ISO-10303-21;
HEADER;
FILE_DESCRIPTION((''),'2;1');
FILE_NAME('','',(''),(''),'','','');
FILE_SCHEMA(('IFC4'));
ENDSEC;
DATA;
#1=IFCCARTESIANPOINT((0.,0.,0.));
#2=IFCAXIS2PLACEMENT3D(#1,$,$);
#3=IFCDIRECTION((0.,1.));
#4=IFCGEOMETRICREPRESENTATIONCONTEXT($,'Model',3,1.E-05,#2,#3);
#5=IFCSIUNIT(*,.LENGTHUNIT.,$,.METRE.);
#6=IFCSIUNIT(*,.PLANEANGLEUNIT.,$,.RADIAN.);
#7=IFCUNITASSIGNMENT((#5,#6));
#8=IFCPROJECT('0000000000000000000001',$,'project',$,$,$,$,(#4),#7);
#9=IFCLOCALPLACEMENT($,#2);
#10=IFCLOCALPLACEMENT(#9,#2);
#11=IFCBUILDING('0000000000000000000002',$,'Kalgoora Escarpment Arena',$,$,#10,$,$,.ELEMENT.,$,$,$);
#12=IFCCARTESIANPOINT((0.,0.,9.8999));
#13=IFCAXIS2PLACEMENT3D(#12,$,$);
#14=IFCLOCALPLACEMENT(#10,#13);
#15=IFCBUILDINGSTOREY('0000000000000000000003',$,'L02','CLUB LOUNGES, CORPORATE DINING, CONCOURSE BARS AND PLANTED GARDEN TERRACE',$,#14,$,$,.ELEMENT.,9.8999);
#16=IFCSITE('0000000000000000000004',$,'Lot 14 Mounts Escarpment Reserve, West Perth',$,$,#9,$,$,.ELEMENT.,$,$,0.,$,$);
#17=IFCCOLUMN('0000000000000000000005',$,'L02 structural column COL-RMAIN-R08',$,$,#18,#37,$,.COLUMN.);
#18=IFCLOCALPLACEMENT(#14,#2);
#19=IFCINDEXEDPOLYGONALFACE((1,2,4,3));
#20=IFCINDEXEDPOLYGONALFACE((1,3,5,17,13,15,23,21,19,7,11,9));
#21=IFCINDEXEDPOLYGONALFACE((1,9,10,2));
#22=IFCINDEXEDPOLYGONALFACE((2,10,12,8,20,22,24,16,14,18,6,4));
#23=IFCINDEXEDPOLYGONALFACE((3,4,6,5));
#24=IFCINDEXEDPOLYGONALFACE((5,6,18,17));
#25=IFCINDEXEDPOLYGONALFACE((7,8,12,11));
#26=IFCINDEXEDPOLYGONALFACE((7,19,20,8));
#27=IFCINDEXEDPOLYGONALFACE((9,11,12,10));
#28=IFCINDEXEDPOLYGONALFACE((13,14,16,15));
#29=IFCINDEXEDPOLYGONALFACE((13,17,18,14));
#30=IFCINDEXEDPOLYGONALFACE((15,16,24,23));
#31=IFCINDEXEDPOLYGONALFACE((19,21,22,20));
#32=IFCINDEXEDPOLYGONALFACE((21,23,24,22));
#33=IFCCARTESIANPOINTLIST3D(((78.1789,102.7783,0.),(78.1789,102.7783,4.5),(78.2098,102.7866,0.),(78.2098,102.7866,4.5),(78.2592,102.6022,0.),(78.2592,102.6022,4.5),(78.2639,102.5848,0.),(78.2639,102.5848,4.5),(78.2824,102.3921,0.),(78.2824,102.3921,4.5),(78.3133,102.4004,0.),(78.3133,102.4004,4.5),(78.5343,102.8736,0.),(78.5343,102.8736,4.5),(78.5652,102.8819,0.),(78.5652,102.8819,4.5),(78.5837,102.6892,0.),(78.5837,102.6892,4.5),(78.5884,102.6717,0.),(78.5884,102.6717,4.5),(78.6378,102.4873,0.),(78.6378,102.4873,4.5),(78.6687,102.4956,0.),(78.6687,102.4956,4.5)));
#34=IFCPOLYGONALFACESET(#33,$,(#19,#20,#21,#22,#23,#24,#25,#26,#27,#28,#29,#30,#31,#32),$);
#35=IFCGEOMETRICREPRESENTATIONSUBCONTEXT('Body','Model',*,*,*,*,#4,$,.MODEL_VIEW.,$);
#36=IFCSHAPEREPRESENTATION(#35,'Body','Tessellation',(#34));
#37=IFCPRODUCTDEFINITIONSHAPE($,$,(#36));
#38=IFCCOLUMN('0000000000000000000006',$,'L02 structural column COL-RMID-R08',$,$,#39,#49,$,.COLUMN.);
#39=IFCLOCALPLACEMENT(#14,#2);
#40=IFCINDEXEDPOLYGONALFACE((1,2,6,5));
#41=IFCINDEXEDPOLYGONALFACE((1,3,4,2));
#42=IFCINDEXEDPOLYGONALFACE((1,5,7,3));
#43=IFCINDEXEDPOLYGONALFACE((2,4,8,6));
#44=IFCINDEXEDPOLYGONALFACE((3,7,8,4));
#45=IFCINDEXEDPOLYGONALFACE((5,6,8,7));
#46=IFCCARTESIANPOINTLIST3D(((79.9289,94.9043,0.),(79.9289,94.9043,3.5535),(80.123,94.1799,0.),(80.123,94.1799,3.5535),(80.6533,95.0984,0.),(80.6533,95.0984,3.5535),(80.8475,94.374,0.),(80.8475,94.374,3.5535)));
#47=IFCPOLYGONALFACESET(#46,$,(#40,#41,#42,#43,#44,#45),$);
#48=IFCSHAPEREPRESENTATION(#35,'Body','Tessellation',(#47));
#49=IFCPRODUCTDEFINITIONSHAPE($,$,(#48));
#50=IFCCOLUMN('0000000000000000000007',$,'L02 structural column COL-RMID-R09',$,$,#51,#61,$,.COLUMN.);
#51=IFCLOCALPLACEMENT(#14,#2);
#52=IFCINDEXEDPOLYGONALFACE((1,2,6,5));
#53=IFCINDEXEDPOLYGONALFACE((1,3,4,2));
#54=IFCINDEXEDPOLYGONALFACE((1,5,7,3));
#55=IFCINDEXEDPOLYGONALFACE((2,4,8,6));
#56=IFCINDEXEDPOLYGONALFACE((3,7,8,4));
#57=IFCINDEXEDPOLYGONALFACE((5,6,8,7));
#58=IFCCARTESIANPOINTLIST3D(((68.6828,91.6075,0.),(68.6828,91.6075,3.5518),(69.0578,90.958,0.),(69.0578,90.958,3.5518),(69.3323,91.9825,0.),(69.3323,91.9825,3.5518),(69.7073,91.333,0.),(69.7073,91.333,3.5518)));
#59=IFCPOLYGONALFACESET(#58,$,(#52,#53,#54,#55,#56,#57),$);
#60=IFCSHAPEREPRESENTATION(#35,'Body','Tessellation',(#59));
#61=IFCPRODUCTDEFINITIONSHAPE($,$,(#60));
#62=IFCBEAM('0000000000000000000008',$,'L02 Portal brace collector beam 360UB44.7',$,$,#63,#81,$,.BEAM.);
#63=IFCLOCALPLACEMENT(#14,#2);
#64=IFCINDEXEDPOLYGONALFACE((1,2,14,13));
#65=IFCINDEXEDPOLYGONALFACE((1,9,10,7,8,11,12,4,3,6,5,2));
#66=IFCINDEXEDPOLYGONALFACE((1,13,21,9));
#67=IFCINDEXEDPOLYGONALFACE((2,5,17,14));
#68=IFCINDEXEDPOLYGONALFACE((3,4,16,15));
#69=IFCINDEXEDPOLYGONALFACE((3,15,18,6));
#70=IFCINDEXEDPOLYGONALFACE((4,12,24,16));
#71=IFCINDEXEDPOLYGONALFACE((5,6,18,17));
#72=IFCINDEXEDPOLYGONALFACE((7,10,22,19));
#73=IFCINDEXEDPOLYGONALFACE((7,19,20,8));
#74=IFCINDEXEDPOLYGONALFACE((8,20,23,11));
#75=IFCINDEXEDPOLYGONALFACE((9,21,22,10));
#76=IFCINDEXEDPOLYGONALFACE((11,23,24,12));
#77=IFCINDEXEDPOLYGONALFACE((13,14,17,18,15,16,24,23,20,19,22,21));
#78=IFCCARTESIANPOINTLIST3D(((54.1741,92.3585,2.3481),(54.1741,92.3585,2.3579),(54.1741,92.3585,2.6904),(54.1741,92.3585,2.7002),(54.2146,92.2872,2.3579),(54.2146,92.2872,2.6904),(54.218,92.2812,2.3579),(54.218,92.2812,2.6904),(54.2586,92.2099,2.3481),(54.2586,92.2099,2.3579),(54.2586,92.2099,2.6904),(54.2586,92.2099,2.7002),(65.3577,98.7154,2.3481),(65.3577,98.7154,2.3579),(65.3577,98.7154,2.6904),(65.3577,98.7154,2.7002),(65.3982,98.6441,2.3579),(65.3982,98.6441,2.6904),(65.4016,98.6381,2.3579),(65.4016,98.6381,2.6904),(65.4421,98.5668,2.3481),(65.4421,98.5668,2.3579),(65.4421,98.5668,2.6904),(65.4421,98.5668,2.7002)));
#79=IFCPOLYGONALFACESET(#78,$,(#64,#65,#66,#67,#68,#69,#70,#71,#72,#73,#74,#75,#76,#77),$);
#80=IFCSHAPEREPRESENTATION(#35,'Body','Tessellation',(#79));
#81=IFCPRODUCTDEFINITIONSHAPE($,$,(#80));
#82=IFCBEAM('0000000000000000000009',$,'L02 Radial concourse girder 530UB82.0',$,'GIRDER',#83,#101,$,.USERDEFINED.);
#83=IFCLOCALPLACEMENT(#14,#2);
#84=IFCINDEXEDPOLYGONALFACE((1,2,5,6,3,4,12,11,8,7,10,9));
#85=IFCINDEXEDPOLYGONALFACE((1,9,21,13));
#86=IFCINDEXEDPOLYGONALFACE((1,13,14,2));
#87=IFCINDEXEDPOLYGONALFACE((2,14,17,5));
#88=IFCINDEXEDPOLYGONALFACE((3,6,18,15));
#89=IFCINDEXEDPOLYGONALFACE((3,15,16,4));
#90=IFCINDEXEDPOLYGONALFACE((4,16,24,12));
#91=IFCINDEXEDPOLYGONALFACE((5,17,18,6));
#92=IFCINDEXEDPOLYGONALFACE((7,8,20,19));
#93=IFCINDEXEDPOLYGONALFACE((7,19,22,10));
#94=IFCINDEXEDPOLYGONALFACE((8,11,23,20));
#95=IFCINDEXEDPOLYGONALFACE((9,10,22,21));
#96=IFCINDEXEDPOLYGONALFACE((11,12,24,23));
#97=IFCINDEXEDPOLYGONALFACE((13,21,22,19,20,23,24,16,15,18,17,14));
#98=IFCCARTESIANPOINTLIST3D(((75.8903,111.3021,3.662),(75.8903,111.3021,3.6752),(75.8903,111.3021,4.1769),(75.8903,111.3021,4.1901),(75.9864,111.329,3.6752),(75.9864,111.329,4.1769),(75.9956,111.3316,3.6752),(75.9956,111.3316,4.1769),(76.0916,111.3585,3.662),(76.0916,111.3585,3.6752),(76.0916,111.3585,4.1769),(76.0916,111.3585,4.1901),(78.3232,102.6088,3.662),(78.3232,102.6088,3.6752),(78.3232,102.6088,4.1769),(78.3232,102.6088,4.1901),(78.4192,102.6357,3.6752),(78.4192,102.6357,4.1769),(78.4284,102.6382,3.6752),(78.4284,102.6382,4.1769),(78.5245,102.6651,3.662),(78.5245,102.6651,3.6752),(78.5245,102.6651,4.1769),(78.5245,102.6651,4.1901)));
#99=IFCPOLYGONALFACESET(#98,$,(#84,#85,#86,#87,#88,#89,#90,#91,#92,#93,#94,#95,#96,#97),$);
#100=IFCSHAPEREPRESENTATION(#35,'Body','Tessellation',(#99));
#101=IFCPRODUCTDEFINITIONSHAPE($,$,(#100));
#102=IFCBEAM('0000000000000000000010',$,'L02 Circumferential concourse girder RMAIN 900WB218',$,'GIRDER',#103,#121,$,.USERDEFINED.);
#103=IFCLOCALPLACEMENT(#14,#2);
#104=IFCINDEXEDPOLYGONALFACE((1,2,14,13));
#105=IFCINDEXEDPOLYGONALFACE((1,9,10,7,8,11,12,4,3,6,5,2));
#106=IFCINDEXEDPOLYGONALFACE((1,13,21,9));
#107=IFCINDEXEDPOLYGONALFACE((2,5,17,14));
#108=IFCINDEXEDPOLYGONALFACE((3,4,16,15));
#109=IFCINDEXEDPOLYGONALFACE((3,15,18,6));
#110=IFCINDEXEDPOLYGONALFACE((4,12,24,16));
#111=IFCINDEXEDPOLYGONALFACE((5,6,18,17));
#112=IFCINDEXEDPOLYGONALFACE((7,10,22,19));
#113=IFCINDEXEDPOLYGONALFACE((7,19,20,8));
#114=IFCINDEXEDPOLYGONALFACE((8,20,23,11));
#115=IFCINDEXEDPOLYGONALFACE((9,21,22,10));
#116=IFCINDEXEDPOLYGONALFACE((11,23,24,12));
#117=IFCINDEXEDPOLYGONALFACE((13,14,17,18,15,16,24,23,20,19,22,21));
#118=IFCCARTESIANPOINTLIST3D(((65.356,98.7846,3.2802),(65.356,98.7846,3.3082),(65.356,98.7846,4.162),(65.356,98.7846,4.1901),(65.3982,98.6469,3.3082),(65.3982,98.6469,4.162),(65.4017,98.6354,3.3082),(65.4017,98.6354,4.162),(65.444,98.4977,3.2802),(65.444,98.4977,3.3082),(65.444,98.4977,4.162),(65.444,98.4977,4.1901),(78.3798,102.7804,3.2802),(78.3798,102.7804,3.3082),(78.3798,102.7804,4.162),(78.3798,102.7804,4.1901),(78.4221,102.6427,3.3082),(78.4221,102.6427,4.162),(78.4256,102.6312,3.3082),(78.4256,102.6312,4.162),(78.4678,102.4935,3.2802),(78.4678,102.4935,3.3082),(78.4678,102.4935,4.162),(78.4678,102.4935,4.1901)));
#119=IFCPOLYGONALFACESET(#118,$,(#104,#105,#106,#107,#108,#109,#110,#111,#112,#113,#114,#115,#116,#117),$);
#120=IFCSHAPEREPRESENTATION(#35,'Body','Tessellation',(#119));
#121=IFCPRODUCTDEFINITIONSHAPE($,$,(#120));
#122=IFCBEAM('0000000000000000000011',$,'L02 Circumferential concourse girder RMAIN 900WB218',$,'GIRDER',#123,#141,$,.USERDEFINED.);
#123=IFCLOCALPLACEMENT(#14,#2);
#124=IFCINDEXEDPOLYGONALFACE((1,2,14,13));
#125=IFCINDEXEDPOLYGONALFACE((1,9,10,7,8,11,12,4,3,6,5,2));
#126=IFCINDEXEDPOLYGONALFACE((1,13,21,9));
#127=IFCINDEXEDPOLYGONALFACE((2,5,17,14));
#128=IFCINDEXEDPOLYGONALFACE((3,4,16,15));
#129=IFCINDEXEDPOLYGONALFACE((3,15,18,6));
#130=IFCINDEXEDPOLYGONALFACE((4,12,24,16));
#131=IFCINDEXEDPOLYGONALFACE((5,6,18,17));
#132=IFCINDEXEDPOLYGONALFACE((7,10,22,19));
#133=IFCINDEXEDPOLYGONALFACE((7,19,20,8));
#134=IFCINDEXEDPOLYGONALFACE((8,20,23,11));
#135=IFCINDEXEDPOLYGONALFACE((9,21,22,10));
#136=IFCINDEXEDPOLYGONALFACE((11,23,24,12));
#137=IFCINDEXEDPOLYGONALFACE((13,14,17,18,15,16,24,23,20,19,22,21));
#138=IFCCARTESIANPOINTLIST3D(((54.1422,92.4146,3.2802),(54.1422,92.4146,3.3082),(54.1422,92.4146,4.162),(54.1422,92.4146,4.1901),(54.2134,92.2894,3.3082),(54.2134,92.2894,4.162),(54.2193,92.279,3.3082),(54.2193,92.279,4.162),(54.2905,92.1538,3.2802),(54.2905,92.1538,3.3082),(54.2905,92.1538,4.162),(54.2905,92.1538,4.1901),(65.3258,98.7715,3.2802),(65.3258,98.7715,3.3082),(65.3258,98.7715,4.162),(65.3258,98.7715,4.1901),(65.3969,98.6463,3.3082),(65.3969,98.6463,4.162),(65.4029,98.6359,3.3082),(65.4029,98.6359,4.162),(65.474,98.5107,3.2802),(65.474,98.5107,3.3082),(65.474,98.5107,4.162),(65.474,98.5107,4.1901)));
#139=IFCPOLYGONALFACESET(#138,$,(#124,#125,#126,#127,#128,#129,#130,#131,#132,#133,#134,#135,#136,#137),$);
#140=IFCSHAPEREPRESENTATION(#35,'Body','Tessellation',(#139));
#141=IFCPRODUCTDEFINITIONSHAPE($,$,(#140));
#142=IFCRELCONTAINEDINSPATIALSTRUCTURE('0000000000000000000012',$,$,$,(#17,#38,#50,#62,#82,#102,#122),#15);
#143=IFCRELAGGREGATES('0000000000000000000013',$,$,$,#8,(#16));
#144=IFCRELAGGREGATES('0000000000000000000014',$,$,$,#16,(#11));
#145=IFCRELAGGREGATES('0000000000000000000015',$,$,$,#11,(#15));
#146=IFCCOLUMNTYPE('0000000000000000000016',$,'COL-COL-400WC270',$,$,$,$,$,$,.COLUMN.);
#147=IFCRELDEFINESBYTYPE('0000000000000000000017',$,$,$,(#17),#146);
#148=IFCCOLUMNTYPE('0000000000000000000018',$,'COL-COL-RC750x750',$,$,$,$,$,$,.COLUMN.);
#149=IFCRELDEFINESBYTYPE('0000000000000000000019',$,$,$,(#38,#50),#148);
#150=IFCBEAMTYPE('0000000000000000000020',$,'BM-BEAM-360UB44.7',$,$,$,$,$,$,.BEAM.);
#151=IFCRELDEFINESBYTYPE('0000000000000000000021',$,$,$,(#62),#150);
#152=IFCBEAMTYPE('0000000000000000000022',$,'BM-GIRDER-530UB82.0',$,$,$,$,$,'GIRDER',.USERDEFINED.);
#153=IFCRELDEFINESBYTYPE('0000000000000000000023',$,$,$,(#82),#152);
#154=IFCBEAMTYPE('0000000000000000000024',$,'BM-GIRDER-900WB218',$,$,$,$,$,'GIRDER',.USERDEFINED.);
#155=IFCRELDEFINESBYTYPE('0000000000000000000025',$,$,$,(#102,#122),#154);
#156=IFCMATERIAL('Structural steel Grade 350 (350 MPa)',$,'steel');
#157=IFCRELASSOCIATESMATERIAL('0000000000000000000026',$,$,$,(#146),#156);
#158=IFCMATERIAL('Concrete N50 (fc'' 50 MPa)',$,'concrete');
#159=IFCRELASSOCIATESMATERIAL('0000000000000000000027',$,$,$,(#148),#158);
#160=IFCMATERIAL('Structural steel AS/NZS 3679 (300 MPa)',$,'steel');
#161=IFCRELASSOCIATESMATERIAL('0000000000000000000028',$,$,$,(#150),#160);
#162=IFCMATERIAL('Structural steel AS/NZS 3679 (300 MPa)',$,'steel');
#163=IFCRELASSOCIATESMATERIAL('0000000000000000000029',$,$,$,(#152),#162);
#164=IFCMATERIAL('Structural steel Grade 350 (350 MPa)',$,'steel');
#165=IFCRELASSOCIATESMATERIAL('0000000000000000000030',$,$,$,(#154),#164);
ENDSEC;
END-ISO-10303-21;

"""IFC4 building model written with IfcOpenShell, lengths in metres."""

from ifc_helpers import new_model, si_unit, direction, frame, origin, origin_2d, place, context, subcontext, project, spatial, rectangle, i_section, extrude, material, material_profile, profile_set, type_object, element, save


model = new_model("IFC4")

# Units and contexts
model_context = context("Model", 3, precision=1e-05, world=origin(), true_north=direction((0.0, 1.0)))
body_context = subcontext(model_context, "Body", "Model", "MODEL_VIEW")
ifc_project = project(units=[si_unit("LENGTHUNIT", "METRE"), si_unit("PLANEANGLEUNIT", "RADIAN")], contexts=[model_context])

# Site, building, storey
site_placement = place(None, origin())
site = spatial("IfcSite", under=ifc_project, at=site_placement, Name="Lot 14 Mounts Escarpment Reserve, West Perth", CompositionType="ELEMENT", RefElevation=0.0)
building_placement = place(site_placement, origin())
building = spatial("IfcBuilding", under=site, at=building_placement, Name="Kalgoora Escarpment Arena", CompositionType="ELEMENT")
storey_placement = place(building_placement, frame((0.0, 0.0, 9.8999)))
storey = spatial("IfcBuildingStorey", under=building, at=storey_placement, Name="L02", Description="CLUB LOUNGES, CORPORATE DINING, CONCOURSE BARS AND PLANTED GARDEN TERRACE", CompositionType="ELEMENT", Elevation=9.8999)

# Columns
ifc_material_1 = material(Name="Structural steel Grade 350 (350 MPa)", Category="steel")
ifc_material_profile_1 = material_profile(ifc_material_1, i_section(OverallWidth=0.3999, OverallDepth=0.3999, WebThickness=0.0181, FlangeThickness=0.032, at=origin_2d()))
ifc_profile_set_1 = profile_set([ifc_material_profile_1], Name="Structural steel Grade 350 (350 MPa)")
column_type_1 = type_object("IfcColumnType", Name="COL-COL-400WC270", PredefinedType="COLUMN", material=ifc_profile_set_1)
column_1_placement = place(storey_placement, frame((78.4238, 102.637, 0.0), z_axis=(0.0, 0.0, 1.0), x_axis=(-0.258819, 0.965926, 0.0)))
element("IfcColumn", 1, at=column_1_placement, inside=storey, type_object=column_type_1, Name="L02 structural column COL-RMAIN-R08", PredefinedType="COLUMN", context=body_context, shape_type="SweptSolid", body=[
    extrude(i_section(OverallWidth=0.3999, OverallDepth=0.3999, WebThickness=0.0181, FlangeThickness=0.032, at=origin_2d()), origin(), (0.0, 0.0, 1.0), 4.5),
])
ifc_material_2 = material(Name="Concrete N50 (fc' 50 MPa)", Category="concrete")
ifc_material_profile_2 = material_profile(ifc_material_2, rectangle(XDim=0.75, YDim=0.75, at=origin_2d()))
ifc_profile_set_2 = profile_set([ifc_material_profile_2], Name="Concrete N50 (fc' 50 MPa)")
column_type_2 = type_object("IfcColumnType", Name="COL-COL-RC750x750", PredefinedType="COLUMN", material=ifc_profile_set_2)
column_2_placement = place(storey_placement, frame((80.3882, 94.6392, 0.0), z_axis=(0.0, 0.0, 1.0), x_axis=(-0.258819, 0.965926, 0.0)))
element("IfcColumn", 2, at=column_2_placement, inside=storey, type_object=column_type_2, Name="L02 structural column COL-RMID-R08", PredefinedType="COLUMN", context=body_context, shape_type="SweptSolid", body=[
    extrude(rectangle(XDim=0.75, YDim=0.75, at=origin_2d()), origin(), (0.0, 0.0, 1.0), 3.5535),
])
column_3_placement = place(storey_placement, frame((69.1951, 91.4702, 0.0), z_axis=(0.0, 0.0, 1.0), x_axis=(-0.5, 0.866025, 0.0)))
element("IfcColumn", 3, at=column_3_placement, inside=storey, type_object=column_type_2, Name="L02 structural column COL-RMID-R09", PredefinedType="COLUMN", context=body_context, shape_type="SweptSolid", body=[
    extrude(rectangle(XDim=0.75, YDim=0.75, at=origin_2d()), origin(), (0.0, 0.0, 1.0), 3.5518),
])

# Beams
ifc_material_3 = material(Name="Structural steel AS/NZS 3679 (300 MPa)", Category="steel")
ifc_material_profile_3 = material_profile(ifc_material_3, i_section(OverallWidth=0.1709, OverallDepth=0.3521, WebThickness=0.0068, FlangeThickness=0.0098, at=origin_2d()))
ifc_profile_set_3 = profile_set([ifc_material_profile_3], Name="Structural steel AS/NZS 3679 (300 MPa)")
beam_type_1 = type_object("IfcBeamType", Name="BM-BEAM-360UB44.7", PredefinedType="BEAM", material=ifc_profile_set_3)
beam_1_placement = place(storey_placement, frame((65.3999, 98.6411, 2.5242), z_axis=(-0.869369, -0.494163, 0.0), x_axis=(0.494163, -0.869369, 0.0)))
element("IfcBeam", 4, at=beam_1_placement, inside=storey, type_object=beam_type_1, Name="L02 Portal brace collector beam 360UB44.7", PredefinedType="BEAM", context=body_context, shape_type="SweptSolid", body=[
    extrude(i_section(OverallWidth=0.1709, OverallDepth=0.3521, WebThickness=0.0068, FlangeThickness=0.0098, at=origin_2d()), origin(), (0.0, 0.0, 1.0), 12.864),
])
ifc_material_4 = material(Name="Structural steel AS/NZS 3679 (300 MPa)", Category="steel")
ifc_material_profile_4 = material_profile(ifc_material_4, i_section(OverallWidth=0.209, OverallDepth=0.5281, WebThickness=0.0095, FlangeThickness=0.0132, at=origin_2d()))
ifc_profile_set_4 = profile_set([ifc_material_profile_4], Name="Structural steel AS/NZS 3679 (300 MPa)")
beam_type_2 = type_object("IfcBeamType", Name="BM-GIRDER-530UB82.0", ElementType="GIRDER", PredefinedType="USERDEFINED", material=ifc_profile_set_4)
beam_2_placement = place(storey_placement, frame((78.4238, 102.637, 3.926), z_axis=(-0.269499, 0.963001, 0.0), x_axis=(-0.963001, -0.269499, 0.0)))
element("IfcBeam", 5, at=beam_2_placement, inside=storey, type_object=beam_type_2, Name="L02 Radial concourse girder 530UB82.0", ObjectType="GIRDER", PredefinedType="USERDEFINED", context=body_context, shape_type="SweptSolid", body=[
    extrude(i_section(OverallWidth=0.209, OverallDepth=0.5281, WebThickness=0.0095, FlangeThickness=0.0132, at=origin_2d()), origin(), (0.0, 0.0, 1.0), 9.0273),
])
ifc_material_5 = material(Name="Structural steel Grade 350 (350 MPa)", Category="steel")
ifc_material_profile_5 = material_profile(ifc_material_5, i_section(OverallWidth=0.3, OverallDepth=0.9099, WebThickness=0.012, FlangeThickness=0.0281, at=origin_2d()))
ifc_profile_set_5 = profile_set([ifc_material_profile_5], Name="Structural steel Grade 350 (350 MPa)")
beam_type_3 = type_object("IfcBeamType", Name="BM-GIRDER-900WB218", ElementType="GIRDER", PredefinedType="USERDEFINED", material=ifc_profile_set_5)
beam_3_placement = place(storey_placement, frame((78.4238, 102.637, 3.7351), z_axis=(-0.956016, -0.293314, 0.0), x_axis=(0.293314, -0.956016, 0.0)))
element("IfcBeam", 6, at=beam_3_placement, inside=storey, type_object=beam_type_3, Name="L02 Circumferential concourse girder RMAIN 900WB218", ObjectType="GIRDER", PredefinedType="USERDEFINED", context=body_context, shape_type="SweptSolid", body=[
    extrude(i_section(OverallWidth=0.3, OverallDepth=0.9099, WebThickness=0.012, FlangeThickness=0.0281, at=origin_2d()), origin(), (0.0, 0.0, 1.0), 13.623),
])
beam_4_placement = place(storey_placement, frame((65.3999, 98.6411, 3.7351), z_axis=(-0.869369, -0.494163, 0.0), x_axis=(0.494163, -0.869369, 0.0)))
element("IfcBeam", 7, at=beam_4_placement, inside=storey, type_object=beam_type_3, Name="L02 Circumferential concourse girder RMAIN 900WB218", ObjectType="GIRDER", PredefinedType="USERDEFINED", context=body_context, shape_type="SweptSolid", body=[
    extrude(i_section(OverallWidth=0.3, OverallDepth=0.9099, WebThickness=0.012, FlangeThickness=0.0281, at=origin_2d()), origin(), (0.0, 0.0, 1.0), 12.864),
])

save(model, "model.ifc")
